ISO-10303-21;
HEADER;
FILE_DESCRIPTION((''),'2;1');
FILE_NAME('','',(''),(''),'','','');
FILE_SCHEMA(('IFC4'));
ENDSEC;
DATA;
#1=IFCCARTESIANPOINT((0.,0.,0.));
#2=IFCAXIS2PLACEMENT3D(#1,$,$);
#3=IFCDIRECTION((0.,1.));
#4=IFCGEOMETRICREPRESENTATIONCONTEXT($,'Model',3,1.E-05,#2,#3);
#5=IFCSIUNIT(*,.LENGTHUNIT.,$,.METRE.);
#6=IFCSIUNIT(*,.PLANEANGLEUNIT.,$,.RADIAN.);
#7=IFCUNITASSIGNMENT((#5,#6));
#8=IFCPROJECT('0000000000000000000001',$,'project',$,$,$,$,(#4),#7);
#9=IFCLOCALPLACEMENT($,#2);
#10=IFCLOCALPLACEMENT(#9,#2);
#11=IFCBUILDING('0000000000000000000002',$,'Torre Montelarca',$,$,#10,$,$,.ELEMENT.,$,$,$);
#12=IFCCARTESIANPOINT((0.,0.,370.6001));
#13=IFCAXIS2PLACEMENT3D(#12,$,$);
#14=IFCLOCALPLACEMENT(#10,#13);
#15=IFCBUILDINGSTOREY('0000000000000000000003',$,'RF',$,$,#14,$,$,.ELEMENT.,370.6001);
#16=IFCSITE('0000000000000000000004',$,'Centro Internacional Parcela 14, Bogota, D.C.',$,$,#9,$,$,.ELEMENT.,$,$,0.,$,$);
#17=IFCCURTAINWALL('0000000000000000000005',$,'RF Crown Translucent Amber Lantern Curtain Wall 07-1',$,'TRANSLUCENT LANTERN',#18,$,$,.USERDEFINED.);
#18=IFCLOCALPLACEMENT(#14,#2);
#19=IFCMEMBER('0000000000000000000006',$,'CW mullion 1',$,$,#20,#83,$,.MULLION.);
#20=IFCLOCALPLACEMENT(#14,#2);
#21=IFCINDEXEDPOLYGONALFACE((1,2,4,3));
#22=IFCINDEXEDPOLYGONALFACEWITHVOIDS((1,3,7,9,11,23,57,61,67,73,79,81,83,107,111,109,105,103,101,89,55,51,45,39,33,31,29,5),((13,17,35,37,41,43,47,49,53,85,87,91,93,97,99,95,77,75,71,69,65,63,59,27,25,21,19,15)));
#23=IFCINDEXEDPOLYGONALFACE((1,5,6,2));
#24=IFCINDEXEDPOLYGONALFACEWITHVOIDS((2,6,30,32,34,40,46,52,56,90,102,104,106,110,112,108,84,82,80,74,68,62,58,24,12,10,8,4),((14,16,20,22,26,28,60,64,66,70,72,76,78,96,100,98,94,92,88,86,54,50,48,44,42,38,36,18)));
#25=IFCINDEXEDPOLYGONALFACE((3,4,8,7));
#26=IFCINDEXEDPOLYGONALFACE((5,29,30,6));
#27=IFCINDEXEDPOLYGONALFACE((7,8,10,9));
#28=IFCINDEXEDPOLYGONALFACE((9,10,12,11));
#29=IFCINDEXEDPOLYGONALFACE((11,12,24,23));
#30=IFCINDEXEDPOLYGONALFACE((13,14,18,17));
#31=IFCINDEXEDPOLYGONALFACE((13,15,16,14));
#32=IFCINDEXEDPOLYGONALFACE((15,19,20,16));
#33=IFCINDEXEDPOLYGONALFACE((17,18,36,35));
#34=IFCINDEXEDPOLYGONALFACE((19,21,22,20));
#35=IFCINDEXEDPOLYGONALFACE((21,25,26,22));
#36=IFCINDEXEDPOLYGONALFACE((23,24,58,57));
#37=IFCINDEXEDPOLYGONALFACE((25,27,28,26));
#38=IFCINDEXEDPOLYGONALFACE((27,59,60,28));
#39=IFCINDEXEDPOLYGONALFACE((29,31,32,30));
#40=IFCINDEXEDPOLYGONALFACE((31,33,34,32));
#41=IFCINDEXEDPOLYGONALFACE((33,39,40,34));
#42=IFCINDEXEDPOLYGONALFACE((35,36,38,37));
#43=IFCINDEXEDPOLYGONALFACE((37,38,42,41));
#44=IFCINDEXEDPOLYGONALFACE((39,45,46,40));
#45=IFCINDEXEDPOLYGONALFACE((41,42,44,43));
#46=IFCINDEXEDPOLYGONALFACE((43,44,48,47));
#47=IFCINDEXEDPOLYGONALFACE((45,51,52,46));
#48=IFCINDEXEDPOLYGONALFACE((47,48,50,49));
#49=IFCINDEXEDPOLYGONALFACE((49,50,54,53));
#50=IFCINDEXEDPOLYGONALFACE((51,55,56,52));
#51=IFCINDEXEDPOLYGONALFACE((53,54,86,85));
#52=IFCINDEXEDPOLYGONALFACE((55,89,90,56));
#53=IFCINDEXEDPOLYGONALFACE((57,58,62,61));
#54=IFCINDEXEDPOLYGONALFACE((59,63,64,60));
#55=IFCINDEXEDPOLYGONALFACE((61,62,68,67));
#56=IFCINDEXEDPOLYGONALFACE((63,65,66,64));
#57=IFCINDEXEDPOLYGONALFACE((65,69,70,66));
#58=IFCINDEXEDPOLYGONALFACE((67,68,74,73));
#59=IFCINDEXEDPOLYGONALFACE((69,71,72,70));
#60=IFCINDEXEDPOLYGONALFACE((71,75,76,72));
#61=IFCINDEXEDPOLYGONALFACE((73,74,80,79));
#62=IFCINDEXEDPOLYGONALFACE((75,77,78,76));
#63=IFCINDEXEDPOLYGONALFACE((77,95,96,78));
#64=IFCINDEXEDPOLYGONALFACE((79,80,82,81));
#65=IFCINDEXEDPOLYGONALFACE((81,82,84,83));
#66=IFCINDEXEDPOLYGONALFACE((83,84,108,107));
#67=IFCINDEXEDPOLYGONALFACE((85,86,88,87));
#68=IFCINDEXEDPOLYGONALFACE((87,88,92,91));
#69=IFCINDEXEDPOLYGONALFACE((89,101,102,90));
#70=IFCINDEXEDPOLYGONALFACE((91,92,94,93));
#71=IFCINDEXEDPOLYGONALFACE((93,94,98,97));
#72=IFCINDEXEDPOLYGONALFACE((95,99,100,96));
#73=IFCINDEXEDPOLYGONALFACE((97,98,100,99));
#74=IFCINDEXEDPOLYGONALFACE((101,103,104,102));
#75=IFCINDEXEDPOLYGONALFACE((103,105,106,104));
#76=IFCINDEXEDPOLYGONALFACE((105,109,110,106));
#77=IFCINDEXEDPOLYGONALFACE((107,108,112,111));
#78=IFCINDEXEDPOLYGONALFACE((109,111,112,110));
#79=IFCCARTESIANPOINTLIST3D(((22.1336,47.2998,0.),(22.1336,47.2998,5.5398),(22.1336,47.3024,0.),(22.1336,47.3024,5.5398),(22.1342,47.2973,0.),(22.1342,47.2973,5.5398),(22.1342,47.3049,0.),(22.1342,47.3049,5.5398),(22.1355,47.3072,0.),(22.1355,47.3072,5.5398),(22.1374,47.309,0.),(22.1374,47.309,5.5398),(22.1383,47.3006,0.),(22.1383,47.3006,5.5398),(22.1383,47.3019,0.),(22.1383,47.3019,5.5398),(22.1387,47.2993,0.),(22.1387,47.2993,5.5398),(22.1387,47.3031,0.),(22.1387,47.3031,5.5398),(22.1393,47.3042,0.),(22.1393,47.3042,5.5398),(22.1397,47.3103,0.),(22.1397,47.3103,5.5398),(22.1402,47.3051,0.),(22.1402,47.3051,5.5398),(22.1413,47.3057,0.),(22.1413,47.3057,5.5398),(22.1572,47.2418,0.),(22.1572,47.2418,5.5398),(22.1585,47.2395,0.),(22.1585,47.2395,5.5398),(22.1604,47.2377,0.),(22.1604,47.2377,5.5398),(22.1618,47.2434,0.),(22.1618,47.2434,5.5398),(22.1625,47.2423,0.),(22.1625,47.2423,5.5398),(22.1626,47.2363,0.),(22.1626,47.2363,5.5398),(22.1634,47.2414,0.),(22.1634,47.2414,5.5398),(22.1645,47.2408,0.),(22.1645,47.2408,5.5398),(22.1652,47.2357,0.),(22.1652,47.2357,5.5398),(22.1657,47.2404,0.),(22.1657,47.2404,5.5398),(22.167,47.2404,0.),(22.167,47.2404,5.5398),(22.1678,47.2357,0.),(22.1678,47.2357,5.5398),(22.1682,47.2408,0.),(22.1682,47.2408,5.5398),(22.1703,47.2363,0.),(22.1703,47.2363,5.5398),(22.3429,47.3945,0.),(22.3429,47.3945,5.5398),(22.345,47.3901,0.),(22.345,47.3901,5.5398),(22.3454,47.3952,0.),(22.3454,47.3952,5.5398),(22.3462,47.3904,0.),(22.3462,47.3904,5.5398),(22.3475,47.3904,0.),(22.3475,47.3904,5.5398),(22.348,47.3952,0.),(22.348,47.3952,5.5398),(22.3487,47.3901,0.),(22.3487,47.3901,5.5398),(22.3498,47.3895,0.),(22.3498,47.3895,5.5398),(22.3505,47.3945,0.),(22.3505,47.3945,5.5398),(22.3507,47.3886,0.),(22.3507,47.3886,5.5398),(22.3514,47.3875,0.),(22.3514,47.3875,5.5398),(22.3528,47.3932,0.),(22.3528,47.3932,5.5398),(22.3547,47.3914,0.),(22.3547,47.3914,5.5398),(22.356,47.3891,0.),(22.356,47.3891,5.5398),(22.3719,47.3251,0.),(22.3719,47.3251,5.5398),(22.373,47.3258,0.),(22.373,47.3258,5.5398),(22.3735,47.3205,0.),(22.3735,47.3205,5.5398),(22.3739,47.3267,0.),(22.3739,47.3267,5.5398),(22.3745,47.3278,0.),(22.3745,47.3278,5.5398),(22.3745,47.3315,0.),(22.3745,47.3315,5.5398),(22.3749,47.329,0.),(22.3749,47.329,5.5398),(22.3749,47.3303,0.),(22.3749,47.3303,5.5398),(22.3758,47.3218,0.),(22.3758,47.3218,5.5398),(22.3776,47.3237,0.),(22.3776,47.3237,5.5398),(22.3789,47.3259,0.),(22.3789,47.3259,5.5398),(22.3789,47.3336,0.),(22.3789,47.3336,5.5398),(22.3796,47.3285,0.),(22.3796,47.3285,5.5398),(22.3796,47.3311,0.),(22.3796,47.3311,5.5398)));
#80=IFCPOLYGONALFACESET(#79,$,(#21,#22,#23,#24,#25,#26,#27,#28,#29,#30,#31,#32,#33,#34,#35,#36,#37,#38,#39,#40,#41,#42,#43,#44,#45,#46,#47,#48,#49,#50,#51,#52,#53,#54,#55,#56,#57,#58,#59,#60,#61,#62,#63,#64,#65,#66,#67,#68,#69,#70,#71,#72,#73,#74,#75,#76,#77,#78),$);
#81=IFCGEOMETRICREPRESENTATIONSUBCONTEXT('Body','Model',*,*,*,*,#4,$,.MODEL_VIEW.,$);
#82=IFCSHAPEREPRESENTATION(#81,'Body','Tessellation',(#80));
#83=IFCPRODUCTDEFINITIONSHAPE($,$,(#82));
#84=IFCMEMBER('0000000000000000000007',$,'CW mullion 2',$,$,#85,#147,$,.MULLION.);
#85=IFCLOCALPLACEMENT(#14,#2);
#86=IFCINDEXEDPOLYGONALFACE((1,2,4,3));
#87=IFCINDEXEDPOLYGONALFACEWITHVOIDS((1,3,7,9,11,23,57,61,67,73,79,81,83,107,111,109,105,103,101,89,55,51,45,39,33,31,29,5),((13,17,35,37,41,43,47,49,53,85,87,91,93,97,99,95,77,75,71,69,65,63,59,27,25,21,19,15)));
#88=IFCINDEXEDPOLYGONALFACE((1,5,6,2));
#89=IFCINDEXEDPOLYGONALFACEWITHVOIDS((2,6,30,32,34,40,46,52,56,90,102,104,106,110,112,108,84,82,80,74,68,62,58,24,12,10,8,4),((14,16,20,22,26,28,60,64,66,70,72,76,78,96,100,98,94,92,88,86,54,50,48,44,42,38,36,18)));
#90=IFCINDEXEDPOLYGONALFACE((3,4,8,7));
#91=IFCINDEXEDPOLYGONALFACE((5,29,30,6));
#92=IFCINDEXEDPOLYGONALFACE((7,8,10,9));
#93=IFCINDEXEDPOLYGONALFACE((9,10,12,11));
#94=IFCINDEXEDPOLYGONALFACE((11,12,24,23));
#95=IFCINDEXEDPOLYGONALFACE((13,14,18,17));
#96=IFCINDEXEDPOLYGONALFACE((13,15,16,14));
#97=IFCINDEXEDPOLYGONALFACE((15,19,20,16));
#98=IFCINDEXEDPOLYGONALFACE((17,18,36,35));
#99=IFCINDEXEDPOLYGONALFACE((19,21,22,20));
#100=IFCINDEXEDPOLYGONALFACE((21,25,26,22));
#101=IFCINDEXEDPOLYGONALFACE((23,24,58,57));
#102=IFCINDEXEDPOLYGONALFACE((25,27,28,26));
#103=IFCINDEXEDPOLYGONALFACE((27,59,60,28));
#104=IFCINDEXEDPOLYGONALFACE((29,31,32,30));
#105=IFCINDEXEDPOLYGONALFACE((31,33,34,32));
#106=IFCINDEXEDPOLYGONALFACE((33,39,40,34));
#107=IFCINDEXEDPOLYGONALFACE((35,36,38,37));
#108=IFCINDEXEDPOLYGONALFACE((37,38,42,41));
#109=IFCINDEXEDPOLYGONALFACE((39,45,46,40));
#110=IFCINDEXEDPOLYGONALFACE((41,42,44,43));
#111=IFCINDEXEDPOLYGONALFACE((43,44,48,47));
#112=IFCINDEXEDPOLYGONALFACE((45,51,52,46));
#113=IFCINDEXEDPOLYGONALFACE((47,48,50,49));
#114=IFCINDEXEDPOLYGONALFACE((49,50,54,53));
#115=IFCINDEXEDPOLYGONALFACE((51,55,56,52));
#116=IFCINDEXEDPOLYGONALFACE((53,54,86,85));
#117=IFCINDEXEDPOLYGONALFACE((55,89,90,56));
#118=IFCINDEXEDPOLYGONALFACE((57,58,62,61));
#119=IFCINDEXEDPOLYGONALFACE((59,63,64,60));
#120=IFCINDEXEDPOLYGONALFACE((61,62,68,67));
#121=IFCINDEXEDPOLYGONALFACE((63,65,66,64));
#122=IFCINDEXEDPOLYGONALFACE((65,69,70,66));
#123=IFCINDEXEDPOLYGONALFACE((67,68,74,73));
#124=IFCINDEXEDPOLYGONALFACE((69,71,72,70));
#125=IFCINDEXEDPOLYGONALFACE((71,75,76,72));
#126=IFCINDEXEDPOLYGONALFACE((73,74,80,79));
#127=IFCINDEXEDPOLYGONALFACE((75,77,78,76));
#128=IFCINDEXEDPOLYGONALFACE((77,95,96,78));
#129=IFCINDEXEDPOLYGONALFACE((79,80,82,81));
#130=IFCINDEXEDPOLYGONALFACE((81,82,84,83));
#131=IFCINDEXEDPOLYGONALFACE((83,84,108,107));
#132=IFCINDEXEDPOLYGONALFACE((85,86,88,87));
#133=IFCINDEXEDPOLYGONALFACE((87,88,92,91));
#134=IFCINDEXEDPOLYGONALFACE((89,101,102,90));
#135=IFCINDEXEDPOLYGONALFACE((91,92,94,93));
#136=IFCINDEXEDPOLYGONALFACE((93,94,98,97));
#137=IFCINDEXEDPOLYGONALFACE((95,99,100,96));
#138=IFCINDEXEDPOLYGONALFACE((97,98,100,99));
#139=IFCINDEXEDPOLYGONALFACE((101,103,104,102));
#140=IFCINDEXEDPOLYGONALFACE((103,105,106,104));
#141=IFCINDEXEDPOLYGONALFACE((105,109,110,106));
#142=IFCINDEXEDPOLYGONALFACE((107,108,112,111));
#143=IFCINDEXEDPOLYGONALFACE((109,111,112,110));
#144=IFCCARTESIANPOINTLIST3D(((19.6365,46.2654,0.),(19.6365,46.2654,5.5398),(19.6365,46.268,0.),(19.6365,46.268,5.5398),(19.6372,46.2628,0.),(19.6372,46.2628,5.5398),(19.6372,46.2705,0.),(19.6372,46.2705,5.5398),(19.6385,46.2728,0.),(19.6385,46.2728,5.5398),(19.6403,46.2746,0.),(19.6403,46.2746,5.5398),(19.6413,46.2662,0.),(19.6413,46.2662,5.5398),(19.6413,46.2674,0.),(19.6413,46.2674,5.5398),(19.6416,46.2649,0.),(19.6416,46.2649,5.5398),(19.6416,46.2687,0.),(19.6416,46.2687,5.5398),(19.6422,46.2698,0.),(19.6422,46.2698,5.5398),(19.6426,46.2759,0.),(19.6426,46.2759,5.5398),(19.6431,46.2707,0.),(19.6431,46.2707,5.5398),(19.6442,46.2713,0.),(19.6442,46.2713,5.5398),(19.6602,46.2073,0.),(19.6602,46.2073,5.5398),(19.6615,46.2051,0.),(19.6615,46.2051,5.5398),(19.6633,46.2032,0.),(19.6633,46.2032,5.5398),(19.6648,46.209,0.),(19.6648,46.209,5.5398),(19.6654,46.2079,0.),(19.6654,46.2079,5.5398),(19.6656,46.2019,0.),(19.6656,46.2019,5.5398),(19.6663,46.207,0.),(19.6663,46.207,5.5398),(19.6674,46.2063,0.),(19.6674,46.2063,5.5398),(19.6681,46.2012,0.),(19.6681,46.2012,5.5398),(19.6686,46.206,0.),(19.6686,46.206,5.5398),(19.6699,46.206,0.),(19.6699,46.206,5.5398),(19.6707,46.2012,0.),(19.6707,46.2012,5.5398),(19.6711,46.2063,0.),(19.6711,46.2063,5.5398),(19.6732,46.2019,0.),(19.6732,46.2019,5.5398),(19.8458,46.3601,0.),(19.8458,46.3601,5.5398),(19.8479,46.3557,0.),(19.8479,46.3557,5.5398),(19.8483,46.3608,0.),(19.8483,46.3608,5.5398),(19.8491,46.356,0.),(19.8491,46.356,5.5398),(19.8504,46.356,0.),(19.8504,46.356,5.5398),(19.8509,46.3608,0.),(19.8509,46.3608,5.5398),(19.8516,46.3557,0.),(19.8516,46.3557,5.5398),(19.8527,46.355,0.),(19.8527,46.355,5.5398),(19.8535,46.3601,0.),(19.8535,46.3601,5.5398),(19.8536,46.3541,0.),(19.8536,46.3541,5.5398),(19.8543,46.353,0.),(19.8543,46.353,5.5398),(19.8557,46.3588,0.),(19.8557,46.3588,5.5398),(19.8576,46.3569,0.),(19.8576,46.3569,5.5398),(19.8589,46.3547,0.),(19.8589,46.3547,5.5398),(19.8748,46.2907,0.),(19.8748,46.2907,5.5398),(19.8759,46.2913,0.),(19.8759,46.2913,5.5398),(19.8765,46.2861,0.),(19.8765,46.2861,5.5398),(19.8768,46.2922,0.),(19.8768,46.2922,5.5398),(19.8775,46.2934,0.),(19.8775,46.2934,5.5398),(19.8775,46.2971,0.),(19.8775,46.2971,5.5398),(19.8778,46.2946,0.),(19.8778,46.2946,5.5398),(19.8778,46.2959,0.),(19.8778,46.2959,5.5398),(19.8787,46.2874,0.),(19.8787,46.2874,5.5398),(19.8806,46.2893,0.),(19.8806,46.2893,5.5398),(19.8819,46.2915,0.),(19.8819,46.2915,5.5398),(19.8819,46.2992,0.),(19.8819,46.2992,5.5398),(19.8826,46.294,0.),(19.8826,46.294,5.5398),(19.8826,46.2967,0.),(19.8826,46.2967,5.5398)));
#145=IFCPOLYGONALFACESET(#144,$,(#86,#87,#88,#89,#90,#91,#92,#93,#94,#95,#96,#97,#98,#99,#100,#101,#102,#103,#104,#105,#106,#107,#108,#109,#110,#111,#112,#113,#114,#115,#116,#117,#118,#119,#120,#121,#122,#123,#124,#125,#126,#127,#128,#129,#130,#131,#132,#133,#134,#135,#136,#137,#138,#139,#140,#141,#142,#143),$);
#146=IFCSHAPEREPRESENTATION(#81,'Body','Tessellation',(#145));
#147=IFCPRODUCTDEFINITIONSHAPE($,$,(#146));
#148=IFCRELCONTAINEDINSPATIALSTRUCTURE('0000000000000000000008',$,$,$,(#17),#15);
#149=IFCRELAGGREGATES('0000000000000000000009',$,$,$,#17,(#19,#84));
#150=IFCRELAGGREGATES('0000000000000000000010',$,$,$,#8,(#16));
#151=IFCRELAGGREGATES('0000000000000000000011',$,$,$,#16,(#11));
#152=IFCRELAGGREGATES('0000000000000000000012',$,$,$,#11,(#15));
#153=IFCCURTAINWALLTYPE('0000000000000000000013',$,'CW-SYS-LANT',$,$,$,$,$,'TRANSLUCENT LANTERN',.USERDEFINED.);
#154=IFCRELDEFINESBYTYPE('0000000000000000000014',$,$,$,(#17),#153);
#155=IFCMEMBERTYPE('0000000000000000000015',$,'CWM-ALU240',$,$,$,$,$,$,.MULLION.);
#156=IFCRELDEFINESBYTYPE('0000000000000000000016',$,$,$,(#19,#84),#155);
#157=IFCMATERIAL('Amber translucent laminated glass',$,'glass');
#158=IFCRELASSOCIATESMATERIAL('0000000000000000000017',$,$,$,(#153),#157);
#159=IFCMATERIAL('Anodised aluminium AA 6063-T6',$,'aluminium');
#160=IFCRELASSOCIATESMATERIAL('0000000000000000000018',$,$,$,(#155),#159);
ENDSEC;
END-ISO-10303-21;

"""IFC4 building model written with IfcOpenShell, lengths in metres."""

from ifc_helpers import new_model, si_unit, direction, frame, origin, origin_2d, place, context, subcontext, project, spatial, hollow_rectangle, extrude, source, transform, mapped, material, material_profile, profile_set, type_object, element, aggregate, save


model = new_model("IFC4")

# Units and contexts
model_context = context("Model", 3, precision=1e-05, world=origin(), true_north=direction((0.0, 1.0)))
body_context = subcontext(model_context, "Body", "Model", "MODEL_VIEW")
ifc_project = project(units=[si_unit("LENGTHUNIT", "METRE"), si_unit("PLANEANGLEUNIT", "RADIAN")], contexts=[model_context])

# Site, building, storey
site_placement = place(None, origin())
site = spatial("IfcSite", under=ifc_project, at=site_placement, Name="Centro Internacional Parcela 14, Bogota, D.C.", CompositionType="ELEMENT", RefElevation=0.0)
building_placement = place(site_placement, origin())
building = spatial("IfcBuilding", under=site, at=building_placement, Name="Torre Montelarca", CompositionType="ELEMENT")
storey_placement = place(building_placement, frame((0.0, 0.0, 370.6001)))
storey = spatial("IfcBuildingStorey", under=building, at=storey_placement, Name="RF", CompositionType="ELEMENT", Elevation=370.6001)

# Curtain wall, members
ifc_material_1 = material(Name="Amber translucent laminated glass", Category="glass")
curtain_wall_type = type_object("IfcCurtainWallType", Name="CW-SYS-LANT", ElementType="TRANSLUCENT LANTERN", PredefinedType="USERDEFINED", material=ifc_material_1)
curtain_wall_placement = place(storey_placement, origin())
curtain_wall = element("IfcCurtainWall", 1, at=curtain_wall_placement, inside=storey, type_object=curtain_wall_type, Name="RF Crown Translucent Amber Lantern Curtain Wall 07-1", ObjectType="TRANSLUCENT LANTERN", PredefinedType="USERDEFINED")
ifc_material_2 = material(Name="Anodised aluminium AA 6063-T6", Category="aluminium")
ifc_material_profile_1 = material_profile(ifc_material_2, hollow_rectangle(XDim=0.0801, YDim=0.24, WallThickness=0.0049, InnerFilletRadius=0.0049, OuterFilletRadius=0.01, at=origin_2d()), Name="ALU80X240X5", Category="aluminium")
ifc_profile_set_1 = profile_set([ifc_material_profile_1], Name="Anodised aluminium AA 6063-T6")
member_type_1 = type_object("IfcMemberType", Name="CWM-ALU240", PredefinedType="MULLION", material=ifc_profile_set_1)
shared_shape_1 = source(origin(), body_context, "Body", "SweptSolid", [
    extrude(hollow_rectangle(XDim=0.0801, YDim=0.24, WallThickness=0.0049, InnerFilletRadius=0.0049, OuterFilletRadius=0.01, at=origin_2d()), origin(), (0.0, 0.0, 1.0), 5.5398),
])
member_1_placement = place(storey_placement, frame((22.2566, 47.3154, 0.0), z_axis=(0.0, 0.0, 1.0), x_axis=(0.382689, -0.923877, 0.0)))
member_1 = element("IfcMember", 2, at=member_1_placement, type_object=member_type_1, Name="CW mullion 1", PredefinedType="MULLION", context=body_context, shape_type="MappedRepresentation", body=[
    mapped(shared_shape_1, transform((0.0, 0.0, 0.0), scale=1.0)),
])
member_2_placement = place(storey_placement, frame((19.7595, 46.281, 0.0), z_axis=(0.0, 0.0, 1.0), x_axis=(0.382689, -0.923877, 0.0)))
member_2 = element("IfcMember", 3, at=member_2_placement, type_object=member_type_1, Name="CW mullion 2", PredefinedType="MULLION", context=body_context, shape_type="MappedRepresentation", body=[
    mapped(shared_shape_1, transform((0.0, 0.0, 0.0), scale=1.0)),
])

aggregate(curtain_wall, [member_1, member_2])

save(model, "model.ifc")
